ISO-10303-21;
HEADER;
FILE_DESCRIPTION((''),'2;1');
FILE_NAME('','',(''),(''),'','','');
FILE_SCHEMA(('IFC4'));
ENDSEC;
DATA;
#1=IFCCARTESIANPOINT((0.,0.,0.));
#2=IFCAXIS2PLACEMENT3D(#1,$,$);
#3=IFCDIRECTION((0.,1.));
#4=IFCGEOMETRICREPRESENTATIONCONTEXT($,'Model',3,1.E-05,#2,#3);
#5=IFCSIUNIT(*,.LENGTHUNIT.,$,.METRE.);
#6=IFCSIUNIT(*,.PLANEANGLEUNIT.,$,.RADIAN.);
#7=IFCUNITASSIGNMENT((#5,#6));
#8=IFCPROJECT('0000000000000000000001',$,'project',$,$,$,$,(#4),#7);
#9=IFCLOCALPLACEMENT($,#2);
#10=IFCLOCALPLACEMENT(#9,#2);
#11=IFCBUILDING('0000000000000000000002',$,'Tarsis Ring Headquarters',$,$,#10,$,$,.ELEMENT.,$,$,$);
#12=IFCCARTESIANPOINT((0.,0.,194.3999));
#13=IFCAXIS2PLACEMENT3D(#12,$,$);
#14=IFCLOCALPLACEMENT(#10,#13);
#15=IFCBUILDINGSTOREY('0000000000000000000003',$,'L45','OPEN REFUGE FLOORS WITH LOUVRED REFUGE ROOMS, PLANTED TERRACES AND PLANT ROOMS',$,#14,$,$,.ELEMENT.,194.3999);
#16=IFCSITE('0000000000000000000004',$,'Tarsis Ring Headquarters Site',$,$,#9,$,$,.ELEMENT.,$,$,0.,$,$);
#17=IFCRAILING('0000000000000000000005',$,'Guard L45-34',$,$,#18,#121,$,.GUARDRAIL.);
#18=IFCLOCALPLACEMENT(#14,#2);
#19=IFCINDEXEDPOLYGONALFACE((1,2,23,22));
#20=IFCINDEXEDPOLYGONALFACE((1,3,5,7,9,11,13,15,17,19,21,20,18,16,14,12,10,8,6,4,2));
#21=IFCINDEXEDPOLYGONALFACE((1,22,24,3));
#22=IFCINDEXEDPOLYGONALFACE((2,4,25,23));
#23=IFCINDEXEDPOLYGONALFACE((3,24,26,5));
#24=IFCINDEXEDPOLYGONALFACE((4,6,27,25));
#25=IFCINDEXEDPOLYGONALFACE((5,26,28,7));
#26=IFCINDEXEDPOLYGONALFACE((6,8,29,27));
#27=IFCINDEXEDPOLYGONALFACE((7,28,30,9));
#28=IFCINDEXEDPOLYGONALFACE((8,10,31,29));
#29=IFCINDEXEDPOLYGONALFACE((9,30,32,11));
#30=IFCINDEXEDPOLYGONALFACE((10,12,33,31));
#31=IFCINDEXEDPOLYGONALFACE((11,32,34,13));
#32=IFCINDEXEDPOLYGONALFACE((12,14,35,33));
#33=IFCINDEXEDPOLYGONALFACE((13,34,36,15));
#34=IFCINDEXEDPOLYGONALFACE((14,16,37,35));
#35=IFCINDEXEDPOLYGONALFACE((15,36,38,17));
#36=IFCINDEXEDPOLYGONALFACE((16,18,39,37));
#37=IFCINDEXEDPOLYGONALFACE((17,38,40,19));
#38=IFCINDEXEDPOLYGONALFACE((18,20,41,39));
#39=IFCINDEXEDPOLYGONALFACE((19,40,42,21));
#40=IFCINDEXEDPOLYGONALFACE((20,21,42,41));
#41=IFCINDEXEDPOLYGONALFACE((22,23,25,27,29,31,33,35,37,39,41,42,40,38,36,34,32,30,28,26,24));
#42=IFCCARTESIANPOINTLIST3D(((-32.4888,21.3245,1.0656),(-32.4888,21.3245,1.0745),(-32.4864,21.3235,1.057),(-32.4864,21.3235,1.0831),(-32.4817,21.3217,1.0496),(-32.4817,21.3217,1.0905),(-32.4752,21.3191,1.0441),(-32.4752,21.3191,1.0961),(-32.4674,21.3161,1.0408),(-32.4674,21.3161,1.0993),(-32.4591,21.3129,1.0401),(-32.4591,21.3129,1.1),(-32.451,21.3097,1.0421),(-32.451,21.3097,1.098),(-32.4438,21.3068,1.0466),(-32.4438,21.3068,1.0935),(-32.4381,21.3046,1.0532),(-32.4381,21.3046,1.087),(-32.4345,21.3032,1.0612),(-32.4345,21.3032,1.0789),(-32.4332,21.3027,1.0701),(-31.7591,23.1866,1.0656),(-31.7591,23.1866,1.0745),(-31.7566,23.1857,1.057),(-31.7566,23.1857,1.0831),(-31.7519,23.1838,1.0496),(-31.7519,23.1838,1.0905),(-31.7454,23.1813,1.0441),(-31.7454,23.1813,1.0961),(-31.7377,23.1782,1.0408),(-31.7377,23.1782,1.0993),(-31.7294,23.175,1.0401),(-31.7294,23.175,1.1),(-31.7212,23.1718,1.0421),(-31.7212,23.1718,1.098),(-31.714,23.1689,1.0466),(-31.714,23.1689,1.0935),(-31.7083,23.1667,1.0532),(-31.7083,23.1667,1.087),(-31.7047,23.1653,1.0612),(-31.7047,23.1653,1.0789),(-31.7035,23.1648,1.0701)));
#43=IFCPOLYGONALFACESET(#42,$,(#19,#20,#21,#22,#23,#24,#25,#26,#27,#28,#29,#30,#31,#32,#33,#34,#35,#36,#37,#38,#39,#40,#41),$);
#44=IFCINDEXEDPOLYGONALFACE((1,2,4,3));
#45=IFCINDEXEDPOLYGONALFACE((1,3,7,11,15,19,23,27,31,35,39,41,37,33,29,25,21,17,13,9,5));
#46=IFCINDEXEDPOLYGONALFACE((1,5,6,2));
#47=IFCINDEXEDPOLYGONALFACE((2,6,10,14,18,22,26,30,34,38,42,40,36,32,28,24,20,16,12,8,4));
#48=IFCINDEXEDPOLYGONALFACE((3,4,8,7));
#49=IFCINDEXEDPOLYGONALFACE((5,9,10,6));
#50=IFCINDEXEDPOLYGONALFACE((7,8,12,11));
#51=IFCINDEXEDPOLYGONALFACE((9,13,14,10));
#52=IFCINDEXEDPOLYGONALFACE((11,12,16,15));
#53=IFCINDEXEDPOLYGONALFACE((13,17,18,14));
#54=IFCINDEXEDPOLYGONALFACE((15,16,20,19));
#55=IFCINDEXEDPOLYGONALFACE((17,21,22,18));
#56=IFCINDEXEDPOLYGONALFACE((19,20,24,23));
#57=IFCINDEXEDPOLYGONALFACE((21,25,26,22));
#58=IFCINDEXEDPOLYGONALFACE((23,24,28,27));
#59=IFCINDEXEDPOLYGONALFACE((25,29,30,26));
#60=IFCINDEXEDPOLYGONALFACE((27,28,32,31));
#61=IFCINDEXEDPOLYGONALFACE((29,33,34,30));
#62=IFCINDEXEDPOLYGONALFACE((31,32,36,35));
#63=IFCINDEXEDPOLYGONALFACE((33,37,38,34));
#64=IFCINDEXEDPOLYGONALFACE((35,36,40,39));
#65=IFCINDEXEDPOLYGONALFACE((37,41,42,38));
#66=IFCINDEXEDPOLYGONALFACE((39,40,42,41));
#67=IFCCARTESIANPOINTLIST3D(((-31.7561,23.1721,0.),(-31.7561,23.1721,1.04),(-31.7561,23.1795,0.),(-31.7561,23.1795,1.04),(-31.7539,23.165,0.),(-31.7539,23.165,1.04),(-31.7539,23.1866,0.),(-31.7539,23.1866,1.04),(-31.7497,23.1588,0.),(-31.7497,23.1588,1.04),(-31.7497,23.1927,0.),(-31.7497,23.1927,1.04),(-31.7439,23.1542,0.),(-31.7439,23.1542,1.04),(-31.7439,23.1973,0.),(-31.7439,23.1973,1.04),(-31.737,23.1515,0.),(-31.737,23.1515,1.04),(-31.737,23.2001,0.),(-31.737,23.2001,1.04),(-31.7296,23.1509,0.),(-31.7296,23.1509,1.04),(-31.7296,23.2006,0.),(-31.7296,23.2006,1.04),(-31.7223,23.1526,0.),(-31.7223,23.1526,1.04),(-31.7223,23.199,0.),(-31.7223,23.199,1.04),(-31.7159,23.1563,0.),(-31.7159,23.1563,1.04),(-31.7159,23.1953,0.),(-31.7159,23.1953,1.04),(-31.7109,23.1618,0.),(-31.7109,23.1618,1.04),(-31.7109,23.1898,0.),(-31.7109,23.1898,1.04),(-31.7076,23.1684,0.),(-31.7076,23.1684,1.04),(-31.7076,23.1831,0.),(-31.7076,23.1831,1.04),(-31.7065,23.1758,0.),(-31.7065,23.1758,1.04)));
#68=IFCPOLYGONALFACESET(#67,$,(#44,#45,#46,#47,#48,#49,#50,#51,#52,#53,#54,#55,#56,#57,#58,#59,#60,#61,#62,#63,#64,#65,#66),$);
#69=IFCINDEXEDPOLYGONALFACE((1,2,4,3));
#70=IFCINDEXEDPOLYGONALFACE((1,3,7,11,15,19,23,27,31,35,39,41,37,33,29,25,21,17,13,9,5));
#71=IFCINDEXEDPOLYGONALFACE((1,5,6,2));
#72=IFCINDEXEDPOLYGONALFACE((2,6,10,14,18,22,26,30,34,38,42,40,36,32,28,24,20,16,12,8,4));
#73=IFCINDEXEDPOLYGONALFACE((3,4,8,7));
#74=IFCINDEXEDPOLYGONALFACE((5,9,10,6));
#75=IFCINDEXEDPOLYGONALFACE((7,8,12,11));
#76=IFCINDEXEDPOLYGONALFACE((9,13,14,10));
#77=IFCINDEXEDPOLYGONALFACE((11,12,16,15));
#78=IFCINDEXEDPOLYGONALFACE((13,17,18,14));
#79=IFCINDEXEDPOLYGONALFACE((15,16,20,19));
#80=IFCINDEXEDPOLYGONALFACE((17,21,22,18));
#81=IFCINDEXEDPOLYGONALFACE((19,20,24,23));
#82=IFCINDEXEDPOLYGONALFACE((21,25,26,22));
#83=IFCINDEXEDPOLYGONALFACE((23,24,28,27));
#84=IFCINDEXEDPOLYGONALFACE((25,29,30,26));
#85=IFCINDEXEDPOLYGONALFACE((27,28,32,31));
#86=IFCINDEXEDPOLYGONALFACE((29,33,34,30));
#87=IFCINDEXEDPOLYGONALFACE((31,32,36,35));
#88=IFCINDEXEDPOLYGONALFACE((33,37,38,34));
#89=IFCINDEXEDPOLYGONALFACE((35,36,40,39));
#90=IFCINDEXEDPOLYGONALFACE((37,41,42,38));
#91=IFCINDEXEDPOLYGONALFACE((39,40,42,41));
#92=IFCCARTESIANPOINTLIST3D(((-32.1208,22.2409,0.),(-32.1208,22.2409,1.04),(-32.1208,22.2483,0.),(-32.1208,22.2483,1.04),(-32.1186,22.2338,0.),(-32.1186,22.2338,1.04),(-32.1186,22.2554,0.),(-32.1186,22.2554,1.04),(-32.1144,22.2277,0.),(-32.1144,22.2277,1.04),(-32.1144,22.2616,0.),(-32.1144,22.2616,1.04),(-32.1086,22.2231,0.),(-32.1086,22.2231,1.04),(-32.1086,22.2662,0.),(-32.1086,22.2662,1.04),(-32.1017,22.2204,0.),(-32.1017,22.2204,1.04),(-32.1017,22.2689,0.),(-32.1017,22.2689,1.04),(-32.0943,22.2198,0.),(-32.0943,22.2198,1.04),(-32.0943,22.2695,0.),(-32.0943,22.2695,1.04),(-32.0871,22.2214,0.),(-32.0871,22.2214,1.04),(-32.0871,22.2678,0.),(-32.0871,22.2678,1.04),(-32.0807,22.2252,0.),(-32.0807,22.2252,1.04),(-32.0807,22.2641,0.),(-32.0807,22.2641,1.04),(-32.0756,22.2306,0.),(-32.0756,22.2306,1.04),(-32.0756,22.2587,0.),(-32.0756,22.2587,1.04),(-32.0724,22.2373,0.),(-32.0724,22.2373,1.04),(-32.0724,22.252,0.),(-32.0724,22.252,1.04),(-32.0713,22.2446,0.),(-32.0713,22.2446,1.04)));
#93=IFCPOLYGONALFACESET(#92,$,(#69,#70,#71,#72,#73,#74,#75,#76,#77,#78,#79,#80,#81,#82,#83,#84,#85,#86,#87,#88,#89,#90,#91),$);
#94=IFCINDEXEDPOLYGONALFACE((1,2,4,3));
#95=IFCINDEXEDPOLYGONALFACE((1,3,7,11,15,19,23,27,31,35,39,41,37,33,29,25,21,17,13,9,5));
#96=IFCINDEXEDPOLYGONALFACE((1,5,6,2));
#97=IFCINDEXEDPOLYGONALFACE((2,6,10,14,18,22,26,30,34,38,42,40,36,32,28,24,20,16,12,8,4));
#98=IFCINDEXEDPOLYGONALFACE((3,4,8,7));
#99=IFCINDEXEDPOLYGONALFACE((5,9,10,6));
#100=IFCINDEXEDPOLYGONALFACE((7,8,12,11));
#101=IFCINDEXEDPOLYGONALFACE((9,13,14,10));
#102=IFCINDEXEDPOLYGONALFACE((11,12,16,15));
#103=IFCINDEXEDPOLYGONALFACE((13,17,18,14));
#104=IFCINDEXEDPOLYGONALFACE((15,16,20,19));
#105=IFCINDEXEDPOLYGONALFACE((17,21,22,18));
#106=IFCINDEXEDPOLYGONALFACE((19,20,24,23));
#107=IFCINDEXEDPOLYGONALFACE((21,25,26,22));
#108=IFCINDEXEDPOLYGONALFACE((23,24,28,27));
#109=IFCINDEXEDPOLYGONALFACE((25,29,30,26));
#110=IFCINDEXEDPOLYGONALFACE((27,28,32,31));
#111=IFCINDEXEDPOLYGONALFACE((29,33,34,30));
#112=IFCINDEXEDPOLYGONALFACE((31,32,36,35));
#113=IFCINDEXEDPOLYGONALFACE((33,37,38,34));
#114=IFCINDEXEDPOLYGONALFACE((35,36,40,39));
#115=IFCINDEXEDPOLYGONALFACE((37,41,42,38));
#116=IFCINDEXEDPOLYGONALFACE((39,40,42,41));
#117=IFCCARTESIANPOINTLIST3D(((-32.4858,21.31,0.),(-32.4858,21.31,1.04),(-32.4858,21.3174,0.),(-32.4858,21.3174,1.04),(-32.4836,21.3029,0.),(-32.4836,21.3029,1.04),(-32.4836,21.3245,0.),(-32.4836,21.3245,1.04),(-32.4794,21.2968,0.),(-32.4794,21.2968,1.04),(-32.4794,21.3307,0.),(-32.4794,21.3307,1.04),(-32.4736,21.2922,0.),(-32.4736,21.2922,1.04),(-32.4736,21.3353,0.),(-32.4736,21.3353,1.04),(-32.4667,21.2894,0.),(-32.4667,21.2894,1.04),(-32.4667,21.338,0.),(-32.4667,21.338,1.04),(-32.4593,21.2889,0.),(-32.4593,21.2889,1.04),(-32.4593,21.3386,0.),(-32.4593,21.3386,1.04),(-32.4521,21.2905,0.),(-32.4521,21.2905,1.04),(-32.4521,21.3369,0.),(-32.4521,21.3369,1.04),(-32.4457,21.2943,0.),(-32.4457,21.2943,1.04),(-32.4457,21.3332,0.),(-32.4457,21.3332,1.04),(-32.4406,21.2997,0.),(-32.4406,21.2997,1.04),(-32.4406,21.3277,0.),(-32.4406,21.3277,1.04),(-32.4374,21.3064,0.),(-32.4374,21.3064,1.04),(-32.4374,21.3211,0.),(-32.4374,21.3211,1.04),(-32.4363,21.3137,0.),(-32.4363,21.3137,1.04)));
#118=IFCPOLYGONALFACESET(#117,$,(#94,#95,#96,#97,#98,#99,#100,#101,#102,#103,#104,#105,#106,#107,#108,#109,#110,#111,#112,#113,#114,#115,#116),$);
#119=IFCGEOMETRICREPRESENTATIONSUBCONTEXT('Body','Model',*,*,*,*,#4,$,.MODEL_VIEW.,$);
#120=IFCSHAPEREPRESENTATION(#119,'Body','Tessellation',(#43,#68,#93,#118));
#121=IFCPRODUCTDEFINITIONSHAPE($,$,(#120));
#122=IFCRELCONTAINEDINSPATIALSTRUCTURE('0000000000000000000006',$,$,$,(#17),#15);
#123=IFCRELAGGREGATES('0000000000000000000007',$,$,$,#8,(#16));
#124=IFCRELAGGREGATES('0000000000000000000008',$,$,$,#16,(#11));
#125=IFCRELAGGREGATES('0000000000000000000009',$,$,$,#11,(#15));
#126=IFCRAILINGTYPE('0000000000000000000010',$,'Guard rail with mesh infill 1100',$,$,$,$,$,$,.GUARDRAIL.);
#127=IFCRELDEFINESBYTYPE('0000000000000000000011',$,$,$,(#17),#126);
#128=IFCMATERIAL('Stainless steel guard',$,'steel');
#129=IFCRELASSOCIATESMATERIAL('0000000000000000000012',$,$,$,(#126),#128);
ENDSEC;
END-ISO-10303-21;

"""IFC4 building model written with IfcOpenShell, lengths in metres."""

from ifc_helpers import new_model, si_unit, direction, frame, origin, origin_2d, place, context, subcontext, project, spatial, circle, extrude, material, type_object, element, save


model = new_model("IFC4")

# Units and contexts
model_context = context("Model", 3, precision=1e-05, world=origin(), true_north=direction((0.0, 1.0)))
body_context = subcontext(model_context, "Body", "Model", "MODEL_VIEW")
ifc_project = project(units=[si_unit("LENGTHUNIT", "METRE"), si_unit("PLANEANGLEUNIT", "RADIAN")], contexts=[model_context])

# Site, building, storey
site_placement = place(None, origin())
site = spatial("IfcSite", under=ifc_project, at=site_placement, Name="Tarsis Ring Headquarters Site", CompositionType="ELEMENT", RefElevation=0.0)
building_placement = place(site_placement, origin())
building = spatial("IfcBuilding", under=site, at=building_placement, Name="Tarsis Ring Headquarters", CompositionType="ELEMENT")
storey_placement = place(building_placement, frame((0.0, 0.0, 194.3999)))
storey = spatial("IfcBuildingStorey", under=building, at=storey_placement, Name="L45", Description="OPEN REFUGE FLOORS WITH LOUVRED REFUGE ROOMS, PLANTED TERRACES AND PLANT ROOMS", CompositionType="ELEMENT", Elevation=194.3999)

# Railing
ifc_material_1 = material(Name="Stainless steel guard", Category="steel")
railing_type_1 = type_object("IfcRailingType", Name="Guard rail with mesh infill 1100", PredefinedType="GUARDRAIL", material=ifc_material_1)
railing_1_placement = place(storey_placement, frame((-31.7314, 23.1758, 0.0)))
element("IfcRailing", 1, at=railing_1_placement, inside=storey, type_object=railing_type_1, Name="Guard L45-34", PredefinedType="GUARDRAIL", context=body_context, shape_type="SweptSolid", body=[
    extrude(circle(Radius=0.03, at=origin_2d()), frame((0.0, 0.0, 1.0701), z_axis=(-0.364878, -0.931055, 0.0), x_axis=(0.931055, -0.364878, 0.0)), (0.0, 0.0, 1.0), 2.0),
    extrude(circle(Radius=0.0249, at=origin_2d()), origin(), (0.0, 0.0, 1.0), 1.04),
    extrude(circle(Radius=0.0249, at=origin_2d()), frame((-0.3647, -0.9312, 0.0)), (0.0, 0.0, 1.0), 1.04),
    extrude(circle(Radius=0.0249, at=origin_2d()), frame((-0.7297, -1.8621, 0.0)), (0.0, 0.0, 1.0), 1.04),
])

save(model, "model.ifc")
